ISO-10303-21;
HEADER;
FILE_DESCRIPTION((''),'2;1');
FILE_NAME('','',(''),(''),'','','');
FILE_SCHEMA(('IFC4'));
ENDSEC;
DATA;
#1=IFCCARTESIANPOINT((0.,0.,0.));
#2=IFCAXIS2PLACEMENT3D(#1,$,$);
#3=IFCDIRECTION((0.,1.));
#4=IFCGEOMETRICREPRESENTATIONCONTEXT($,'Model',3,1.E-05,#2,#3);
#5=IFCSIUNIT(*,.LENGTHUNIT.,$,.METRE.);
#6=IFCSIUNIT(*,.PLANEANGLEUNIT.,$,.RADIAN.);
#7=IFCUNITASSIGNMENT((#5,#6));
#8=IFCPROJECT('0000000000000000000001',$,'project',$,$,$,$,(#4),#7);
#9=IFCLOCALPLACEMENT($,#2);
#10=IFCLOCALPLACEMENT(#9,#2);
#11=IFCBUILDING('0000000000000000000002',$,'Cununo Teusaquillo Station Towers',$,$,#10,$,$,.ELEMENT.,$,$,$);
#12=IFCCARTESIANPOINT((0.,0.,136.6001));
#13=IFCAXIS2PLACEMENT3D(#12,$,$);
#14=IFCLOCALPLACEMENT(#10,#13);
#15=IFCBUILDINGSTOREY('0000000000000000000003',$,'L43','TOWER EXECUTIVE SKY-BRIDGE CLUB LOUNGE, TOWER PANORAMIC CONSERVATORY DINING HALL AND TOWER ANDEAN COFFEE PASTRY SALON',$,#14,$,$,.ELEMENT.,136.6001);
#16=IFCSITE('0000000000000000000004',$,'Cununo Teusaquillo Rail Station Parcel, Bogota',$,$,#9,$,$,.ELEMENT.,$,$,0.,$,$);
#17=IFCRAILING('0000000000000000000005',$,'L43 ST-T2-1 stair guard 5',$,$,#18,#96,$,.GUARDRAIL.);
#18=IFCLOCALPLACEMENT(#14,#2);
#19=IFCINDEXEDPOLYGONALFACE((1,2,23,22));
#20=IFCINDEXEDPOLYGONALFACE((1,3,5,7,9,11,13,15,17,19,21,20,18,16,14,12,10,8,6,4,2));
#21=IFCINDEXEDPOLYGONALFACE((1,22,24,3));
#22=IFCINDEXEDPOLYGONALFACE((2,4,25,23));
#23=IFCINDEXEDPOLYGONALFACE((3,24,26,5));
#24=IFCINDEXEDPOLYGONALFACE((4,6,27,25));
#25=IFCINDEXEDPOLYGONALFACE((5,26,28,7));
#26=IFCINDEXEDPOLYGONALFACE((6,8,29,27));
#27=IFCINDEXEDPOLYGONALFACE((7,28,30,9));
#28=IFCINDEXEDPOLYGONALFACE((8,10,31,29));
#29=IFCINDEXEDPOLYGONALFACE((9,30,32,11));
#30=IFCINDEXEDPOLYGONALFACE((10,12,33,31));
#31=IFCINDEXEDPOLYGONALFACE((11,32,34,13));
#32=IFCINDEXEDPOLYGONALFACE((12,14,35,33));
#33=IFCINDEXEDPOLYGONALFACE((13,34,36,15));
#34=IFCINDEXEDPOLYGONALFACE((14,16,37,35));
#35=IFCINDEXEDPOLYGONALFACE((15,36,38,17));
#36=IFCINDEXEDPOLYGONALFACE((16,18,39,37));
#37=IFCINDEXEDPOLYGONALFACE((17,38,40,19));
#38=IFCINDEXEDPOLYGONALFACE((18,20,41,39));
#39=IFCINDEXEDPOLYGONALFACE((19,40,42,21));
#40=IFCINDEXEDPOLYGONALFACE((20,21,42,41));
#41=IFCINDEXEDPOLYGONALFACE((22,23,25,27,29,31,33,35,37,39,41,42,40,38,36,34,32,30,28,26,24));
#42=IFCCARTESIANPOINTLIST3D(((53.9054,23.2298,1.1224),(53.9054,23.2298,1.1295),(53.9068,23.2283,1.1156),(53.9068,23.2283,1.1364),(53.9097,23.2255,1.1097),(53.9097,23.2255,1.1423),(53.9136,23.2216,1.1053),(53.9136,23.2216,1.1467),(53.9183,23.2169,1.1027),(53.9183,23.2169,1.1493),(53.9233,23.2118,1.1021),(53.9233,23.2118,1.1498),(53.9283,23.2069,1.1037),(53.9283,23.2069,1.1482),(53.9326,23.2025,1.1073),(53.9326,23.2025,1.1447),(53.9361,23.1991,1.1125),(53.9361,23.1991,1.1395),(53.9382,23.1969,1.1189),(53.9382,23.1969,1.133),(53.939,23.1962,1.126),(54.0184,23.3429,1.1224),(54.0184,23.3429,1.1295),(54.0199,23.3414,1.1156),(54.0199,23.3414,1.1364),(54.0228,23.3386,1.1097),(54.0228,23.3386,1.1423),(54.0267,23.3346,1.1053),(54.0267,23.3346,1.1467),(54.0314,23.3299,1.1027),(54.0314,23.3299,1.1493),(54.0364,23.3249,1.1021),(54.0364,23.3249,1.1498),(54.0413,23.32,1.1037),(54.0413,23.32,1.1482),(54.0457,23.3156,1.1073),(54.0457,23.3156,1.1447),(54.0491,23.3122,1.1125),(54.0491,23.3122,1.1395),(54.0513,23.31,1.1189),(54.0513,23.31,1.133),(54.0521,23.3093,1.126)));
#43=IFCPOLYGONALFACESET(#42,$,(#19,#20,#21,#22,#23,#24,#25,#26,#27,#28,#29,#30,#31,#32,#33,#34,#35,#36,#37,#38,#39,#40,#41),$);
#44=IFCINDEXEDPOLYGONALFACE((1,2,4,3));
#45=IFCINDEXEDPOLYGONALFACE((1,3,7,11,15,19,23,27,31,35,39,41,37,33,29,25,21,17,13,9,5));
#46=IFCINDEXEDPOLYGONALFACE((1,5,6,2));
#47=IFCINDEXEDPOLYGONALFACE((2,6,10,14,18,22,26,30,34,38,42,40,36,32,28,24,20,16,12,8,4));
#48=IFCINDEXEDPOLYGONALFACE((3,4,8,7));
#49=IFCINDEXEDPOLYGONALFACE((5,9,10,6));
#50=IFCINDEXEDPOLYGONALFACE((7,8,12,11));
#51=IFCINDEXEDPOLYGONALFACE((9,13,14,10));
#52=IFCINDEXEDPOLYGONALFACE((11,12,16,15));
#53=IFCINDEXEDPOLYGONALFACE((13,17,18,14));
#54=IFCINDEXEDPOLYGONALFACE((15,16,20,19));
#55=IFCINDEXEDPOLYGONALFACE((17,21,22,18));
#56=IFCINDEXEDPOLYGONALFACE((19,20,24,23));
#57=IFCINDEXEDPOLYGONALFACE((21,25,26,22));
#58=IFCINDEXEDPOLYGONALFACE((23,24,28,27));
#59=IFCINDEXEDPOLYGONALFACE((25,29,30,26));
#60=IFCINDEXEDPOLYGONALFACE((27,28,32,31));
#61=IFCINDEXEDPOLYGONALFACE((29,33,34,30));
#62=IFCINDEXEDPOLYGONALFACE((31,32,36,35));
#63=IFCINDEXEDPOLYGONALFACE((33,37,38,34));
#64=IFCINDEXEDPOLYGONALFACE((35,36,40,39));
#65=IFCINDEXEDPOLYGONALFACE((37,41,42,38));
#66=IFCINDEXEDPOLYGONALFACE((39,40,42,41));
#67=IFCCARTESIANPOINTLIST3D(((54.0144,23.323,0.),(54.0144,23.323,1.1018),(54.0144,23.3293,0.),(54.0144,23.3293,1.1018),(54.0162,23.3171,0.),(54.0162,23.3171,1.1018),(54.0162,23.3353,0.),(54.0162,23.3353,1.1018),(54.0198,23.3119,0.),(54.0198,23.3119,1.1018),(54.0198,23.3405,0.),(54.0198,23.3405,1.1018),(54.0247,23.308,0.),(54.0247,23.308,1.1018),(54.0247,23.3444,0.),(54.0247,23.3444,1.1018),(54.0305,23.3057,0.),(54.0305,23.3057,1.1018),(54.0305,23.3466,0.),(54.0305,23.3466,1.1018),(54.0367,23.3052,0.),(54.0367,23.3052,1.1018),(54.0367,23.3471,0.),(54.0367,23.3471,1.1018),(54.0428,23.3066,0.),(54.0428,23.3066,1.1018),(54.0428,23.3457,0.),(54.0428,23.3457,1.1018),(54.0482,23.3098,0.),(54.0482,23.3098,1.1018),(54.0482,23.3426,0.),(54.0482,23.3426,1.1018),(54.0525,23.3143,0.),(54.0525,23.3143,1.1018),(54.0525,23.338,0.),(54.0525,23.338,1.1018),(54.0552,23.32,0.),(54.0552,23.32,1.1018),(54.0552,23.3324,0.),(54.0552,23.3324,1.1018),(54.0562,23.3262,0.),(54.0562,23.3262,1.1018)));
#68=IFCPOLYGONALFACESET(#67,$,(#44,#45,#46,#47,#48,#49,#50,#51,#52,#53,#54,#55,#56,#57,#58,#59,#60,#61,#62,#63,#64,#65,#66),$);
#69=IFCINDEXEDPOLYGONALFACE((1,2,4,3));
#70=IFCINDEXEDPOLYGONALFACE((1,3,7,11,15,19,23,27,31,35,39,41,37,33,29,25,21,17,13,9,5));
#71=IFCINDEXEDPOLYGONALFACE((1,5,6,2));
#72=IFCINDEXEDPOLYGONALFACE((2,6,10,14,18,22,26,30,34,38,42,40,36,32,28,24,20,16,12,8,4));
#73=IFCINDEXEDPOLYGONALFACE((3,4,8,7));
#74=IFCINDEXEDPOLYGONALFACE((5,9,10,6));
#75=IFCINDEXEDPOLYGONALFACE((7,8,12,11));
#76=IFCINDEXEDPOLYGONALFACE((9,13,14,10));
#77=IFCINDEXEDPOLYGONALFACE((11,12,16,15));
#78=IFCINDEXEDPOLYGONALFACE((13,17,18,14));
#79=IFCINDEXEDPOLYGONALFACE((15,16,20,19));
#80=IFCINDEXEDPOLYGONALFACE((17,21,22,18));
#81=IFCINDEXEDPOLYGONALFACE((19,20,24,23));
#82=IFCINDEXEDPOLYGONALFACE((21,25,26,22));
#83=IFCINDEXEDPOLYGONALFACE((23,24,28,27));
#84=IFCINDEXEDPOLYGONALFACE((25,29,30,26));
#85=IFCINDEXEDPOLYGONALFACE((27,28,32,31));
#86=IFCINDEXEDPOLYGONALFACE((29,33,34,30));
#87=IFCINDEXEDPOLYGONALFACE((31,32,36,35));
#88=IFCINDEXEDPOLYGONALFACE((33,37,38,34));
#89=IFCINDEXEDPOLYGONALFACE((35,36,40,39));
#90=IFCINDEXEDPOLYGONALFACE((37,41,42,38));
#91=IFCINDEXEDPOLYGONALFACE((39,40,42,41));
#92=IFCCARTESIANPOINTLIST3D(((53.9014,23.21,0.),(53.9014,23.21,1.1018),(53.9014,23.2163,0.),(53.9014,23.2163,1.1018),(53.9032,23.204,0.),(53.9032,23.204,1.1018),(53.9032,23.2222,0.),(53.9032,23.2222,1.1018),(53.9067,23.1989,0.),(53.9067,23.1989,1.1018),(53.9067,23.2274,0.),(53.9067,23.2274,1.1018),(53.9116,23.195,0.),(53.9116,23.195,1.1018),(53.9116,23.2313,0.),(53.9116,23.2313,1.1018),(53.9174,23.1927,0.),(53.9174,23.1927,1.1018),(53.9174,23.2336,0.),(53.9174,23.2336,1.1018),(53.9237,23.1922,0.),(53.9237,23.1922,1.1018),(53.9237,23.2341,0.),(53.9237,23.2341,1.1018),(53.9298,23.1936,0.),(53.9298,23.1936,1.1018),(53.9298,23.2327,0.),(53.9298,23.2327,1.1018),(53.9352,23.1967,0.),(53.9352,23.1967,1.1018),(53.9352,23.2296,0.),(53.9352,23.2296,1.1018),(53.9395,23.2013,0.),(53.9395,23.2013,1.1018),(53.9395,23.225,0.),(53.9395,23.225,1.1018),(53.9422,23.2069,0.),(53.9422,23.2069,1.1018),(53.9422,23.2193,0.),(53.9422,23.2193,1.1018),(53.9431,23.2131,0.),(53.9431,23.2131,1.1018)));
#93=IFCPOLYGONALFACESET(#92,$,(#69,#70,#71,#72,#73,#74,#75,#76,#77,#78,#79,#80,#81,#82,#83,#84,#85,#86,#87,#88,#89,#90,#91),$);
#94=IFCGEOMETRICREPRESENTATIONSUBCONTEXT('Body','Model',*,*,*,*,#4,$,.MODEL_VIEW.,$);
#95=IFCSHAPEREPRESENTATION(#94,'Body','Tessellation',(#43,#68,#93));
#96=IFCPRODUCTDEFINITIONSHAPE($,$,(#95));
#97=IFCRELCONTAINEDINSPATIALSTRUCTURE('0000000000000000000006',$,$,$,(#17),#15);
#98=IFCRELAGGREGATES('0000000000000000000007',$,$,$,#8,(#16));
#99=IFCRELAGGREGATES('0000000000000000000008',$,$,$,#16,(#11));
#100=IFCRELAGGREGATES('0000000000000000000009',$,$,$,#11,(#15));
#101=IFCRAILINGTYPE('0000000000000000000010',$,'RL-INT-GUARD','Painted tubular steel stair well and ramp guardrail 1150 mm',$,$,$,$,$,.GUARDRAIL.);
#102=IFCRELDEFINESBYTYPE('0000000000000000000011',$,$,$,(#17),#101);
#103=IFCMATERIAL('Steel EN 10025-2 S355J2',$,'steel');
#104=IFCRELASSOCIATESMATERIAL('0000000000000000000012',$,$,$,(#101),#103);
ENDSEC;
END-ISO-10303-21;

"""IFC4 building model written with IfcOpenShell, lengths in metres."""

from ifc_helpers import new_model, si_unit, direction, frame, origin, origin_2d, place, context, subcontext, project, spatial, circle, extrude, material, type_object, element, save


model = new_model("IFC4")

# Units and contexts
model_context = context("Model", 3, precision=1e-05, world=origin(), true_north=direction((0.0, 1.0)))
body_context = subcontext(model_context, "Body", "Model", "MODEL_VIEW")
ifc_project = project(units=[si_unit("LENGTHUNIT", "METRE"), si_unit("PLANEANGLEUNIT", "RADIAN")], contexts=[model_context])

# Site, building, storey
site_placement = place(None, origin())
site = spatial("IfcSite", under=ifc_project, at=site_placement, Name="Cununo Teusaquillo Rail Station Parcel, Bogota", CompositionType="ELEMENT", RefElevation=0.0)
building_placement = place(site_placement, origin())
building = spatial("IfcBuilding", under=site, at=building_placement, Name="Cununo Teusaquillo Station Towers", CompositionType="ELEMENT")
storey_placement = place(building_placement, frame((0.0, 0.0, 136.6001)))
storey = spatial("IfcBuildingStorey", under=building, at=storey_placement, Name="L43", Description="TOWER EXECUTIVE SKY-BRIDGE CLUB LOUNGE, TOWER PANORAMIC CONSERVATORY DINING HALL AND TOWER ANDEAN COFFEE PASTRY SALON", CompositionType="ELEMENT", Elevation=136.6001)

# Railing
ifc_material_1 = material(Name="Steel EN 10025-2 S355J2", Category="steel")
railing_type_1 = type_object("IfcRailingType", Name="RL-INT-GUARD", Description="Painted tubular steel stair well and ramp guardrail 1150 mm", PredefinedType="GUARDRAIL", material=ifc_material_1)
railing_1_placement = place(storey_placement, frame((54.0352, 23.3262, 0.0)))
element("IfcRailing", 1, at=railing_1_placement, inside=storey, type_object=railing_type_1, Name="L43 ST-T2-1 stair guard 5", PredefinedType="GUARDRAIL", context=body_context, shape_type="SweptSolid", body=[
    extrude(circle(Radius=0.0239, at=origin_2d()), frame((0.0, 0.0, 1.126), z_axis=(-0.707107, -0.707107, 0.0), x_axis=(0.707107, -0.707107, 0.0)), (0.0, 0.0, 1.0), 0.1599),
    extrude(circle(Radius=0.021, at=origin_2d()), origin(), (0.0, 0.0, 1.0), 1.1018),
    extrude(circle(Radius=0.021, at=origin_2d()), frame((-0.113, -0.113, 0.0)), (0.0, 0.0, 1.0), 1.1018),
])

save(model, "model.ifc")
